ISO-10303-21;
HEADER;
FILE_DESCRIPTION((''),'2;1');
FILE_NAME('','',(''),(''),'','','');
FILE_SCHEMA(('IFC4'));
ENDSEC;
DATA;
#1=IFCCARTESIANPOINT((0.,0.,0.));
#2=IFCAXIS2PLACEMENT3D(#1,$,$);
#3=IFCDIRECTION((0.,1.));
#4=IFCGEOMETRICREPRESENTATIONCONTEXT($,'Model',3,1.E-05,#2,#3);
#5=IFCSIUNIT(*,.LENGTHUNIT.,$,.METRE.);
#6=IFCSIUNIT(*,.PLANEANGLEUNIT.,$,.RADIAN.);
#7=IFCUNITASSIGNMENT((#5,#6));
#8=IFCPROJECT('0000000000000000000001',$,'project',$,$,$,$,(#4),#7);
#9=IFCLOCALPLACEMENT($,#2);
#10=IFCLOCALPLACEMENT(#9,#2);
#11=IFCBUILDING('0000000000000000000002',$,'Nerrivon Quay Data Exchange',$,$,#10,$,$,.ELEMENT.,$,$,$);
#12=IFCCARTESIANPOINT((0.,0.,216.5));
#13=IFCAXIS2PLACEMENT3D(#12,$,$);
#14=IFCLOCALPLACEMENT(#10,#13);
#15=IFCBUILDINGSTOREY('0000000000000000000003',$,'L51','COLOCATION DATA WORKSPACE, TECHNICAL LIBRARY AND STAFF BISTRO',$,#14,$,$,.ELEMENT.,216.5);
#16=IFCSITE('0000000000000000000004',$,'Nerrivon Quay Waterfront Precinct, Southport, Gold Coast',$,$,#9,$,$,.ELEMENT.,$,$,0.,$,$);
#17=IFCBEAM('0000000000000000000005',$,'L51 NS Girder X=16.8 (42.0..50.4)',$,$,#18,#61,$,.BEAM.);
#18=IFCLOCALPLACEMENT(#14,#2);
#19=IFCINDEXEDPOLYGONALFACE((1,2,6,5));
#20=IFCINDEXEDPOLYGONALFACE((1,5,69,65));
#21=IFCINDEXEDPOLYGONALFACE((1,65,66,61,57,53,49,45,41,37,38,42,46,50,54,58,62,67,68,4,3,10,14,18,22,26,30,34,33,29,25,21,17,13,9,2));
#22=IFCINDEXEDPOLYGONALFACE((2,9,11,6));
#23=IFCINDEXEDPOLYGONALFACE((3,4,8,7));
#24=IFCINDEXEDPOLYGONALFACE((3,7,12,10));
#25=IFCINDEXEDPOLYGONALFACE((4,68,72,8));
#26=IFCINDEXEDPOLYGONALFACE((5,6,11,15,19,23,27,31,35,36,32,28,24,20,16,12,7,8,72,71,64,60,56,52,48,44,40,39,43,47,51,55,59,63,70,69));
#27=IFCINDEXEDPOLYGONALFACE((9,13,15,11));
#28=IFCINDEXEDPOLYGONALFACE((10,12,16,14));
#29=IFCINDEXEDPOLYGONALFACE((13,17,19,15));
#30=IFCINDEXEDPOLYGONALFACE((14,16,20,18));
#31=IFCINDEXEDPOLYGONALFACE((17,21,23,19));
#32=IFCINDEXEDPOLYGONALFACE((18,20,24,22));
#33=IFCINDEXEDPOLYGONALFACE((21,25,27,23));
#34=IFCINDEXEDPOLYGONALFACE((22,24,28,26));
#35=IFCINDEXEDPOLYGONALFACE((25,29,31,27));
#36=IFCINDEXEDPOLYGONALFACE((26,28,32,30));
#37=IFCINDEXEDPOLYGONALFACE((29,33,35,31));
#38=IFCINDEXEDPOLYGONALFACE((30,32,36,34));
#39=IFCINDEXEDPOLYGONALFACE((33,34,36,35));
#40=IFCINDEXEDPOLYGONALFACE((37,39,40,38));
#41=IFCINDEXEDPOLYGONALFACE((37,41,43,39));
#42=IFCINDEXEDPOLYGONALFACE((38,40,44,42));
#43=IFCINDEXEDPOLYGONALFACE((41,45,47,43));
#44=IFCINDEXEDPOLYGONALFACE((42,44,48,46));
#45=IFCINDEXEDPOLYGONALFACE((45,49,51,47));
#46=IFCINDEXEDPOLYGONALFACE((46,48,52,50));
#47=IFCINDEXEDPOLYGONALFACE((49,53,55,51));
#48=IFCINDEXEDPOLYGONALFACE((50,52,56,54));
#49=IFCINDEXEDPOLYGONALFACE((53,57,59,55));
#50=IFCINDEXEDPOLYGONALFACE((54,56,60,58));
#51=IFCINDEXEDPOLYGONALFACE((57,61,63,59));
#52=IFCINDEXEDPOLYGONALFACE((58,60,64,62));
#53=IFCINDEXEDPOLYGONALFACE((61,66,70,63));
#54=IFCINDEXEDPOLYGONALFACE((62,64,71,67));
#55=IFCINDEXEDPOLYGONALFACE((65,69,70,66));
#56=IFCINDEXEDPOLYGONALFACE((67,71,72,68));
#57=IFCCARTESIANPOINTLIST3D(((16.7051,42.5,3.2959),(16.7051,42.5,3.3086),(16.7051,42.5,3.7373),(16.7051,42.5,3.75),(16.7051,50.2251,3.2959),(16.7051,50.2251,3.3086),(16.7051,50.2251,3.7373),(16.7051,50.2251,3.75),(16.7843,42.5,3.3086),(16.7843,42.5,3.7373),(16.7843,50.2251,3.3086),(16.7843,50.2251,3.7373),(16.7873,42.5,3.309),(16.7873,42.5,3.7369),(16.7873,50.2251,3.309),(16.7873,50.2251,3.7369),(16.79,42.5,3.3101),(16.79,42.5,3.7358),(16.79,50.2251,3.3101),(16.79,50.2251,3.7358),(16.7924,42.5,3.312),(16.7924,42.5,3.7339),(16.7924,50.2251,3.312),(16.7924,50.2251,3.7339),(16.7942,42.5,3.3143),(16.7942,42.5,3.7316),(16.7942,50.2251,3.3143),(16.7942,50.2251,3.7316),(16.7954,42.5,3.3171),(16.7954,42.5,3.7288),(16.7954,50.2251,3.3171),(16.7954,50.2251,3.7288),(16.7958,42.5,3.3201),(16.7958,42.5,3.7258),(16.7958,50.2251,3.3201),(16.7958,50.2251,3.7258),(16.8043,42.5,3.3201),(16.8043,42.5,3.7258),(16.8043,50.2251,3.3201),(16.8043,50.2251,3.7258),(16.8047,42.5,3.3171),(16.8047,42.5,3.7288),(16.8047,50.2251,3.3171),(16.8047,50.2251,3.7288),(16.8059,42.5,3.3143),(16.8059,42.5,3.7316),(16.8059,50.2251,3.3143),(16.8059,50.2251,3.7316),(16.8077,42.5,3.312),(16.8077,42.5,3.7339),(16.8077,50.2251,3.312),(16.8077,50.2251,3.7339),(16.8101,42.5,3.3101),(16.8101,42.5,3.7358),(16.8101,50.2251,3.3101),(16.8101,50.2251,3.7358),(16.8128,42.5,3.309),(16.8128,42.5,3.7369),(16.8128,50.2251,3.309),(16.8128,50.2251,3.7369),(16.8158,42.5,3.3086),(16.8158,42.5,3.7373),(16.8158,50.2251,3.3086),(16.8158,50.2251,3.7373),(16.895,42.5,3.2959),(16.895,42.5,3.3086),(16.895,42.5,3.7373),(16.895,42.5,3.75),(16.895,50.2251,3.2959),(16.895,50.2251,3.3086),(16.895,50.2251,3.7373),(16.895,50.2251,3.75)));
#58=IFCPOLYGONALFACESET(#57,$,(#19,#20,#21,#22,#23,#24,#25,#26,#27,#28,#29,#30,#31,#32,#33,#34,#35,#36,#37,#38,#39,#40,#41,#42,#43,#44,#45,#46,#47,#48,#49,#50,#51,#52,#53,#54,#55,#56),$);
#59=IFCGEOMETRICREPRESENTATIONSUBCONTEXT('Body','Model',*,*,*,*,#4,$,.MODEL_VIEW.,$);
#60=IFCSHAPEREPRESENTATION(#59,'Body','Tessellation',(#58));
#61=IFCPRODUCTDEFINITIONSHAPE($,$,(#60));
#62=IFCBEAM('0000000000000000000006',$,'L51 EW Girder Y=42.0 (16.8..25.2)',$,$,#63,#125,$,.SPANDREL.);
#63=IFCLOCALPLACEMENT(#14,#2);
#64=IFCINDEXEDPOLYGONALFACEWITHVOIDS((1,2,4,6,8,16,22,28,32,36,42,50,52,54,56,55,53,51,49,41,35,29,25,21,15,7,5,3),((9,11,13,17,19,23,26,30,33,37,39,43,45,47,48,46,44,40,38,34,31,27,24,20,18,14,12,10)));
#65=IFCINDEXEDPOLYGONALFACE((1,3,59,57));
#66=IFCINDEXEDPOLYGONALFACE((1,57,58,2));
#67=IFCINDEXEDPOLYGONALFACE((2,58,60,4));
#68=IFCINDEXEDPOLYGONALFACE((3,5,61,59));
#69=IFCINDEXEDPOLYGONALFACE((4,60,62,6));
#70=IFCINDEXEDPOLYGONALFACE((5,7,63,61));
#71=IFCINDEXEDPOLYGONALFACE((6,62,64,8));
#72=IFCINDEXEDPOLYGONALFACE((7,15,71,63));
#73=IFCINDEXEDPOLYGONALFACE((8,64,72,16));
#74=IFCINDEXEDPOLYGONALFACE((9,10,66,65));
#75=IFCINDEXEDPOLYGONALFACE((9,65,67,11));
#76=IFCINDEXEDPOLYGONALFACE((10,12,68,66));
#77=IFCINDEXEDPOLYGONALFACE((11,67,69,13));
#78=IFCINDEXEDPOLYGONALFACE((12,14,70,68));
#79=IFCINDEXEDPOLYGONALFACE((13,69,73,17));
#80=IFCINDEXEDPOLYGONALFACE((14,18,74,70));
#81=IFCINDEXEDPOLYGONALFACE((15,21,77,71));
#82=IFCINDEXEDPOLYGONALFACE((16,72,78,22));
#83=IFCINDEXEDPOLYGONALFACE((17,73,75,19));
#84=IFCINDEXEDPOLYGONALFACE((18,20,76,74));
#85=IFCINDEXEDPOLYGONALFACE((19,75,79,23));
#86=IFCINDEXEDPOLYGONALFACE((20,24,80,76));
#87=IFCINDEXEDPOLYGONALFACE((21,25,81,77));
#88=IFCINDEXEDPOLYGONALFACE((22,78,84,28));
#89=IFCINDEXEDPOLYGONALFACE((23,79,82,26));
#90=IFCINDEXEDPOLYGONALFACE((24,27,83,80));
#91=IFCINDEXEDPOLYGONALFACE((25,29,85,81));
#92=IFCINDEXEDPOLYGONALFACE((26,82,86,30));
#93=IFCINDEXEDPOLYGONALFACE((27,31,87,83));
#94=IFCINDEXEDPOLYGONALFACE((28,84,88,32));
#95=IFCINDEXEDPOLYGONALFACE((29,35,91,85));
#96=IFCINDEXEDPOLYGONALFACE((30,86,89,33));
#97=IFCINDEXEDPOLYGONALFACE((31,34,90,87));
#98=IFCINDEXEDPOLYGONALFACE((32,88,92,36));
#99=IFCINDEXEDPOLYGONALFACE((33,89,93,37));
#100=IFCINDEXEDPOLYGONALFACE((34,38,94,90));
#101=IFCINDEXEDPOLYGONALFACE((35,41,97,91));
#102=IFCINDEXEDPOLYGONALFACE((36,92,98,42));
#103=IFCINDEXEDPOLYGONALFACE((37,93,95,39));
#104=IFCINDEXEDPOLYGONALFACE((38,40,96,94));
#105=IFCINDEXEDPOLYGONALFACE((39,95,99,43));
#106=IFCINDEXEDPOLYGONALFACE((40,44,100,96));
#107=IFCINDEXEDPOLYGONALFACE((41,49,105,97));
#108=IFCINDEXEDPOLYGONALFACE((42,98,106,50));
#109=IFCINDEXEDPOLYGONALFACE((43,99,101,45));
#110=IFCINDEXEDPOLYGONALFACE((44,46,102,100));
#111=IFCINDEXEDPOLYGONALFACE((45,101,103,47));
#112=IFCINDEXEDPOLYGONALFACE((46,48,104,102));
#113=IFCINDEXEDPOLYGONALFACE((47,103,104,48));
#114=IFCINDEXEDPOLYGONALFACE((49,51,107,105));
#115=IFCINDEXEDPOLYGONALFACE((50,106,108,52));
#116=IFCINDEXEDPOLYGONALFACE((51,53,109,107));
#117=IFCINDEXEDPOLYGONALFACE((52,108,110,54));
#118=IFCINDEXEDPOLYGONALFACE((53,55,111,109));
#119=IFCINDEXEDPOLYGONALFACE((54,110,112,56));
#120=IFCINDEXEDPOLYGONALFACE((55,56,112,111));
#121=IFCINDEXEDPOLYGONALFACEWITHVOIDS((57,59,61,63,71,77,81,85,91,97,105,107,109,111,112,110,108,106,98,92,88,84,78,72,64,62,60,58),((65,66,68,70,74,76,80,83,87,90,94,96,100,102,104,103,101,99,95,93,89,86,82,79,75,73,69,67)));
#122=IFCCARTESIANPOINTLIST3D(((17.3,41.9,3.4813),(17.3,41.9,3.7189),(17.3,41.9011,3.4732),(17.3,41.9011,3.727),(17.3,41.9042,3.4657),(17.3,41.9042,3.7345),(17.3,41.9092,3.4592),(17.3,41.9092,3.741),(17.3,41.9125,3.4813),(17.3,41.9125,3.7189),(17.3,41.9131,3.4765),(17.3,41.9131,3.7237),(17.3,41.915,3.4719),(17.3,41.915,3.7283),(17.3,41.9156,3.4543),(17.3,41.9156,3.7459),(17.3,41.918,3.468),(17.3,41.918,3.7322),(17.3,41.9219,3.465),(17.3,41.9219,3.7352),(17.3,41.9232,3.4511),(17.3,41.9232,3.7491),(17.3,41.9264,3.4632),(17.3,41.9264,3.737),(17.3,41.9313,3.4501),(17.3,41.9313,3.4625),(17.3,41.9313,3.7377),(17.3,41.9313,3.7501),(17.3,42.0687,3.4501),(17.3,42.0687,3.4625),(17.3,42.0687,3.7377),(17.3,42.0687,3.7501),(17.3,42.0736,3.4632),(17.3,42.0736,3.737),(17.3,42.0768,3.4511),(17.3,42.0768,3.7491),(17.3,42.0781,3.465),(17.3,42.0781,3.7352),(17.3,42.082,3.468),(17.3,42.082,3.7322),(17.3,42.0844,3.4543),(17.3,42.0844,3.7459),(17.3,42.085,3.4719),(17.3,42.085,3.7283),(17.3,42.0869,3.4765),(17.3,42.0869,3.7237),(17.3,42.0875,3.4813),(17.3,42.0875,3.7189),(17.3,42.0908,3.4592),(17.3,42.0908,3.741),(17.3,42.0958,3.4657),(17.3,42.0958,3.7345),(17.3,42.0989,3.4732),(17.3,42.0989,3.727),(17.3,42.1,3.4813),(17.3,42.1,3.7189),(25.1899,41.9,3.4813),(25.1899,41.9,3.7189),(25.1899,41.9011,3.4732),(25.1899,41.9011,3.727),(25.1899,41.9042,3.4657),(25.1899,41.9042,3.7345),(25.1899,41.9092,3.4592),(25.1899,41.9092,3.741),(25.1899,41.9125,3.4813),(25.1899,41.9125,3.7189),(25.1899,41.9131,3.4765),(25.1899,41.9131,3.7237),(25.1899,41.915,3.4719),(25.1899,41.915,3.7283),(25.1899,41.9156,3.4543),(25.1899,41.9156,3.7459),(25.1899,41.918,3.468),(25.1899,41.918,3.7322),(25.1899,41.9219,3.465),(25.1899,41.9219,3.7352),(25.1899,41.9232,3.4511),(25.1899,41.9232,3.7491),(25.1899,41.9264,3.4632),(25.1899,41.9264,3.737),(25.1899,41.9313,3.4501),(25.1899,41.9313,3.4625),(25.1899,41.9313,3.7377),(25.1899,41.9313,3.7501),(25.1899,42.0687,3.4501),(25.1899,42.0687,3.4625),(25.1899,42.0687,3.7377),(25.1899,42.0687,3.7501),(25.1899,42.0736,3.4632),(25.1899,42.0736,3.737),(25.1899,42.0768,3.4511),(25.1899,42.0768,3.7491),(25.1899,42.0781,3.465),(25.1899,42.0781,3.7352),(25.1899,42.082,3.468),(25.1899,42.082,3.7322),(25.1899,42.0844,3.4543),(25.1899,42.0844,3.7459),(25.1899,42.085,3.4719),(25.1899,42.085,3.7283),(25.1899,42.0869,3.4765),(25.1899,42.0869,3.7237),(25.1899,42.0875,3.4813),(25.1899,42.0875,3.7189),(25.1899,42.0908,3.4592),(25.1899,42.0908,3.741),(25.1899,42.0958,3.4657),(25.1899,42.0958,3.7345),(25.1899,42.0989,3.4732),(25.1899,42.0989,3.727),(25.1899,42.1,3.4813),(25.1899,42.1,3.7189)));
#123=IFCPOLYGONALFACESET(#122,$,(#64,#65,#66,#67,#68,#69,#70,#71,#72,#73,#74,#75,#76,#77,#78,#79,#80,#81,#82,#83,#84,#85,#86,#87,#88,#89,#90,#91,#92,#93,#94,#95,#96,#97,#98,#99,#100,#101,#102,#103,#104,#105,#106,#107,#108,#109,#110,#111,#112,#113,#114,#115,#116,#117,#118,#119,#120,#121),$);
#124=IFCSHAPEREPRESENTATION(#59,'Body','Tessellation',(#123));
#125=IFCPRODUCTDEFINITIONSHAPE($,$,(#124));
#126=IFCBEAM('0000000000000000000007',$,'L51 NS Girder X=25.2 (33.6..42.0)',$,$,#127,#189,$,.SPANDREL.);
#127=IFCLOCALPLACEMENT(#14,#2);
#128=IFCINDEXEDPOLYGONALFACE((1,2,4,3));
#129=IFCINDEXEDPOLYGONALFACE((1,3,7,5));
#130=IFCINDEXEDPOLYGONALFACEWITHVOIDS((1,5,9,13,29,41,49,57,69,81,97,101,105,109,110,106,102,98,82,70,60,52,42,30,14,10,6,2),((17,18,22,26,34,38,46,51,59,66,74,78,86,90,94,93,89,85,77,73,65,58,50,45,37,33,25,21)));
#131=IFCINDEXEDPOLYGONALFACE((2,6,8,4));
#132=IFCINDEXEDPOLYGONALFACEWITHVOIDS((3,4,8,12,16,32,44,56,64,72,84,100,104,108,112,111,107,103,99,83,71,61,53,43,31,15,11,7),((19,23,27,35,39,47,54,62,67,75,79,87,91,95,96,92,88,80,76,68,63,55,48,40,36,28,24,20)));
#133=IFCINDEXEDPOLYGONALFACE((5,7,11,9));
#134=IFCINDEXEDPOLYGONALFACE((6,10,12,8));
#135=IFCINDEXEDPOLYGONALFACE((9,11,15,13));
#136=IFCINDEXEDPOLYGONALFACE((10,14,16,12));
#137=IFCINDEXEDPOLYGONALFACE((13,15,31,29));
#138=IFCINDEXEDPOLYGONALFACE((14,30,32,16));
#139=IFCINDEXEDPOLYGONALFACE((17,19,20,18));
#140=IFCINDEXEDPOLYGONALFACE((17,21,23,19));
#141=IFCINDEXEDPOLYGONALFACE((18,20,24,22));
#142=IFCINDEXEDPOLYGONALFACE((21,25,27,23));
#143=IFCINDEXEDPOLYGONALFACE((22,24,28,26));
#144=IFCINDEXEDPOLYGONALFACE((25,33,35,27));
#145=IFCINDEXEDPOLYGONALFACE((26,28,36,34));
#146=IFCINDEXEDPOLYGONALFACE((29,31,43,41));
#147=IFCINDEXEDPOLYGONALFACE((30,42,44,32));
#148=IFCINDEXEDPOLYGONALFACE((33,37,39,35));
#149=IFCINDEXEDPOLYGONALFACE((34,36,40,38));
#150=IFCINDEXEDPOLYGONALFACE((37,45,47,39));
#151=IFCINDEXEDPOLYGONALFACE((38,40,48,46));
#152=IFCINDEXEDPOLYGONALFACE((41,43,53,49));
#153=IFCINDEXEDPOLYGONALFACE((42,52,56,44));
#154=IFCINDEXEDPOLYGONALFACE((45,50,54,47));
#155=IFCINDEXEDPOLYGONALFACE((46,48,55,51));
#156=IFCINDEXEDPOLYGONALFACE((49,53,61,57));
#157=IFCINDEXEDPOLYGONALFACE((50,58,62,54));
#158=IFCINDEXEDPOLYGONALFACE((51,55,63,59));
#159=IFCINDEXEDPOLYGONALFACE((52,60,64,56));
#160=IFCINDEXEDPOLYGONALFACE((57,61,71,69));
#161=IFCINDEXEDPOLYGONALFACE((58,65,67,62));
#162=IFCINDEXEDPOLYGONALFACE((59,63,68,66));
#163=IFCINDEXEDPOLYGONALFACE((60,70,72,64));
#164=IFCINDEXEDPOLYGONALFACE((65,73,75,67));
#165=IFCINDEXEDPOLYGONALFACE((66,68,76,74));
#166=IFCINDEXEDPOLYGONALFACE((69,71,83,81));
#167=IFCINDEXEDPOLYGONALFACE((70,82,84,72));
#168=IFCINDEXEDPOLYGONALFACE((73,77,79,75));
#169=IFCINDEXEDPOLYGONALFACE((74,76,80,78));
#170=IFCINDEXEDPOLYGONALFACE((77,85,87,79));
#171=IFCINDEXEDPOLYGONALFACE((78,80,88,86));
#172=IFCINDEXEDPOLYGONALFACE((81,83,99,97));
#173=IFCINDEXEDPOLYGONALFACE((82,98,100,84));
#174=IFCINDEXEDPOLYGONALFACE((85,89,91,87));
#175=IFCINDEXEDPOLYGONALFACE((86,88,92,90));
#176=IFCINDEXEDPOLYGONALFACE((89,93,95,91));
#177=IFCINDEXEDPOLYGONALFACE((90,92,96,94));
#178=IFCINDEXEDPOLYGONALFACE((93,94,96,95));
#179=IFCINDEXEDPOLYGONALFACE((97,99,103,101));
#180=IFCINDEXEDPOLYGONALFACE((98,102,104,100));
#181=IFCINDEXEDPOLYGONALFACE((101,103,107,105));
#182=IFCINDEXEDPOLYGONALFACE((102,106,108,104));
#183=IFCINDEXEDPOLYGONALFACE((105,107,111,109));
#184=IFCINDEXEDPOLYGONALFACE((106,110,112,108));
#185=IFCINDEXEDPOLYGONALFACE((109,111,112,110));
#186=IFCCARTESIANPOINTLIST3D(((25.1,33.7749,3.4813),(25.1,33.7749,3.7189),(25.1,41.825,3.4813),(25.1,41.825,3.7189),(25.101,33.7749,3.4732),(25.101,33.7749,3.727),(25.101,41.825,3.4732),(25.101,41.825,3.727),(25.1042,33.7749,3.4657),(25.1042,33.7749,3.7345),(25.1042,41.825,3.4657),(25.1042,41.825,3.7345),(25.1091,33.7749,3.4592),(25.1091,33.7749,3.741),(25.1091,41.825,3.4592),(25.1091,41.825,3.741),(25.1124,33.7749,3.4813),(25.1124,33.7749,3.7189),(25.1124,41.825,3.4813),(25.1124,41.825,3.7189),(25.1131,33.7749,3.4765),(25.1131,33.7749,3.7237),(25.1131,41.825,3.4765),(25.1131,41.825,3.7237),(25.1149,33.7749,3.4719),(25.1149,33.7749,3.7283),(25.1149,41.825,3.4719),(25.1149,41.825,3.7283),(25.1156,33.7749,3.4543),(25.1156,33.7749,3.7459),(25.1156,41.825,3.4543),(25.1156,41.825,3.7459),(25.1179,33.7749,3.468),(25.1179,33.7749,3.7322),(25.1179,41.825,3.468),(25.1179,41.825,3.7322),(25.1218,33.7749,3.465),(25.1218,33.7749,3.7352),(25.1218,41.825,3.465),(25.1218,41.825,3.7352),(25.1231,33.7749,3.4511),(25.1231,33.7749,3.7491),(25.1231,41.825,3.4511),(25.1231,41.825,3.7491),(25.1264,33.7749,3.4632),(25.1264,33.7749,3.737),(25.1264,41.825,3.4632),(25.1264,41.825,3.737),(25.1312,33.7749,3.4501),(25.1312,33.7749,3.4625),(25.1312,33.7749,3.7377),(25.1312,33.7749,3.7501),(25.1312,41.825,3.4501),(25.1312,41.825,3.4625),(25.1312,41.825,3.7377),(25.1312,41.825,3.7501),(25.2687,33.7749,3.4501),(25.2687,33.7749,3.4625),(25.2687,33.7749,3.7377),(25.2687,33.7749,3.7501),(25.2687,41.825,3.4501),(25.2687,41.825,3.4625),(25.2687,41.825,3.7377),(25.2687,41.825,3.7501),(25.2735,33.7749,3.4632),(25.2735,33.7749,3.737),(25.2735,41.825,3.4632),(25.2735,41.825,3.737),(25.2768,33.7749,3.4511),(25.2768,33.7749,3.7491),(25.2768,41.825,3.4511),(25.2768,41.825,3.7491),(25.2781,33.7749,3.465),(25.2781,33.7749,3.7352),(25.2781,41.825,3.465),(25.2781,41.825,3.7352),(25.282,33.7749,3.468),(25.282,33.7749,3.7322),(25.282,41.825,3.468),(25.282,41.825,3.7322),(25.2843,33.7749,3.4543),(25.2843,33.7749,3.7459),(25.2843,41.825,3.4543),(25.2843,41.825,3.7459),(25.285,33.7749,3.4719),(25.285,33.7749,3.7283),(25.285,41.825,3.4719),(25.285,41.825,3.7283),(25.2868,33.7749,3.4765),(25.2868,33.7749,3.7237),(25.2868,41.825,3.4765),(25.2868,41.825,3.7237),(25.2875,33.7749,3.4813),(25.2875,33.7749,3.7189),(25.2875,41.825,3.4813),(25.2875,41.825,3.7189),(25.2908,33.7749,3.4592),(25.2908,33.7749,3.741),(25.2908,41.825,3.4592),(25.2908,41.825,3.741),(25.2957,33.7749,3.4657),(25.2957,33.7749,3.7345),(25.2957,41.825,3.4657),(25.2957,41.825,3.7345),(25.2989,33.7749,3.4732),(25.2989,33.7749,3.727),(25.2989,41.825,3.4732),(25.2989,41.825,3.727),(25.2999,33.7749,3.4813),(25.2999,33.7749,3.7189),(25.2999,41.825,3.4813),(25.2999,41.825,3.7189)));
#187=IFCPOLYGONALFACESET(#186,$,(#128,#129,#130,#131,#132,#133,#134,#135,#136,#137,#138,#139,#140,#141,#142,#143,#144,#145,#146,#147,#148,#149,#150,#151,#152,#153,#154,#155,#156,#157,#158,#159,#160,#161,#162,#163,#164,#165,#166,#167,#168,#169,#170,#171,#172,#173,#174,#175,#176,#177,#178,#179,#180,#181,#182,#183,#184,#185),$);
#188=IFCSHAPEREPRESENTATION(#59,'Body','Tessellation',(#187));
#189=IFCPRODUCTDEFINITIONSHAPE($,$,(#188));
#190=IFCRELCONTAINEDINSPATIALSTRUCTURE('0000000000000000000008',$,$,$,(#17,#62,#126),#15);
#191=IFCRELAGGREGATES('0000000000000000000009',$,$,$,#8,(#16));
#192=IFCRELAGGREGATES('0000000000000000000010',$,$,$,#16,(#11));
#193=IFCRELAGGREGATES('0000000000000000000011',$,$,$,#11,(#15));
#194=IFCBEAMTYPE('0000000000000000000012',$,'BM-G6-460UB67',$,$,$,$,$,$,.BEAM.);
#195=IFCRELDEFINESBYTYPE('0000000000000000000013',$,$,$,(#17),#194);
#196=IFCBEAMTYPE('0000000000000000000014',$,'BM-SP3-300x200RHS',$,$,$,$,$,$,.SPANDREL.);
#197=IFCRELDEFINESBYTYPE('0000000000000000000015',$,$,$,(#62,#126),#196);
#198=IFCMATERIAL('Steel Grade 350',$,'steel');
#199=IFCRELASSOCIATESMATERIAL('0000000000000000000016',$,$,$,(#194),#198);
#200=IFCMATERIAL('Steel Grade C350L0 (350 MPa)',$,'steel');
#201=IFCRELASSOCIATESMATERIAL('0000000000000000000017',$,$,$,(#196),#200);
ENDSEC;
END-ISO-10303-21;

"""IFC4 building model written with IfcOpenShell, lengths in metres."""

from ifc_helpers import new_model, si_unit, direction, frame, origin, origin_2d, place, context, subcontext, project, spatial, hollow_rectangle, i_section, extrude, material, material_profile, profile_set, type_object, element, save


model = new_model("IFC4")

# Units and contexts
model_context = context("Model", 3, precision=1e-05, world=origin(), true_north=direction((0.0, 1.0)))
body_context = subcontext(model_context, "Body", "Model", "MODEL_VIEW")
ifc_project = project(units=[si_unit("LENGTHUNIT", "METRE"), si_unit("PLANEANGLEUNIT", "RADIAN")], contexts=[model_context])

# Site, building, storey
site_placement = place(None, origin())
site = spatial("IfcSite", under=ifc_project, at=site_placement, Name="Nerrivon Quay Waterfront Precinct, Southport, Gold Coast", CompositionType="ELEMENT", RefElevation=0.0)
building_placement = place(site_placement, origin())
building = spatial("IfcBuilding", under=site, at=building_placement, Name="Nerrivon Quay Data Exchange", CompositionType="ELEMENT")
storey_placement = place(building_placement, frame((0.0, 0.0, 216.5)))
storey = spatial("IfcBuildingStorey", under=building, at=storey_placement, Name="L51", Description="COLOCATION DATA WORKSPACE, TECHNICAL LIBRARY AND STAFF BISTRO", CompositionType="ELEMENT", Elevation=216.5)

# Shared definitions
ifc_material_1 = material(Name="Steel Grade 350", Category="steel")

# Beams
ifc_material_profile_1 = material_profile(ifc_material_1, i_section(OverallWidth=0.1899, OverallDepth=0.4541, WebThickness=0.0085, FlangeThickness=0.0127, FilletRadius=0.0115, at=origin_2d()), Name="460UB67.1")
ifc_profile_set_1 = profile_set([ifc_material_profile_1], Name="Steel Grade 350")
beam_type_1 = type_object("IfcBeamType", Name="BM-G6-460UB67", PredefinedType="BEAM", material=ifc_profile_set_1)
beam_1_placement = place(storey_placement, frame((16.8, 42.5, 3.5229), z_axis=(0.0, 1.0, 0.0), x_axis=(-1.0, 0.0, 0.0)))
element("IfcBeam", 1, at=beam_1_placement, inside=storey, type_object=beam_type_1, Name="L51 NS Girder X=16.8 (42.0..50.4)", PredefinedType="BEAM", context=body_context, shape_type="SweptSolid", body=[
    extrude(i_section(OverallWidth=0.1899, OverallDepth=0.4541, WebThickness=0.0085, FlangeThickness=0.0127, FilletRadius=0.0115, at=origin_2d()), origin(), (0.0, 0.0, 1.0), 7.7251),
])
ifc_material_2 = material(Name="Steel Grade C350L0 (350 MPa)", Category="steel")
ifc_material_profile_2 = material_profile(ifc_material_2, hollow_rectangle(XDim=0.2, YDim=0.3, WallThickness=0.0125, InnerFilletRadius=0.0188, OuterFilletRadius=0.0312, at=origin_2d()), Name="300x200x12.5RHS")
ifc_profile_set_2 = profile_set([ifc_material_profile_2], Name="Steel Grade C350L0 (350 MPa)")
beam_type_2 = type_object("IfcBeamType", Name="BM-SP3-300x200RHS", PredefinedType="SPANDREL", material=ifc_profile_set_2)
beam_2_placement = place(storey_placement, frame((17.3, 42.0, 3.6001), z_axis=(1.0, 0.0, 0.0), x_axis=(0.0, 1.0, 0.0)))
element("IfcBeam", 2, at=beam_2_placement, inside=storey, type_object=beam_type_2, Name="L51 EW Girder Y=42.0 (16.8..25.2)", PredefinedType="SPANDREL", context=body_context, shape_type="SweptSolid", body=[
    extrude(hollow_rectangle(XDim=0.2, YDim=0.3, WallThickness=0.0125, InnerFilletRadius=0.0188, OuterFilletRadius=0.0312, at=origin_2d()), origin(), (0.0, 0.0, 1.0), 7.8899),
])
beam_3_placement = place(storey_placement, frame((25.2, 33.7749, 3.6001), z_axis=(0.0, 1.0, 0.0), x_axis=(-1.0, 0.0, 0.0)))
element("IfcBeam", 3, at=beam_3_placement, inside=storey, type_object=beam_type_2, Name="L51 NS Girder X=25.2 (33.6..42.0)", PredefinedType="SPANDREL", context=body_context, shape_type="SweptSolid", body=[
    extrude(hollow_rectangle(XDim=0.2, YDim=0.3, WallThickness=0.0125, InnerFilletRadius=0.0188, OuterFilletRadius=0.0312, at=origin_2d()), origin(), (0.0, 0.0, 1.0), 8.05),
])

save(model, "model.ifc")
